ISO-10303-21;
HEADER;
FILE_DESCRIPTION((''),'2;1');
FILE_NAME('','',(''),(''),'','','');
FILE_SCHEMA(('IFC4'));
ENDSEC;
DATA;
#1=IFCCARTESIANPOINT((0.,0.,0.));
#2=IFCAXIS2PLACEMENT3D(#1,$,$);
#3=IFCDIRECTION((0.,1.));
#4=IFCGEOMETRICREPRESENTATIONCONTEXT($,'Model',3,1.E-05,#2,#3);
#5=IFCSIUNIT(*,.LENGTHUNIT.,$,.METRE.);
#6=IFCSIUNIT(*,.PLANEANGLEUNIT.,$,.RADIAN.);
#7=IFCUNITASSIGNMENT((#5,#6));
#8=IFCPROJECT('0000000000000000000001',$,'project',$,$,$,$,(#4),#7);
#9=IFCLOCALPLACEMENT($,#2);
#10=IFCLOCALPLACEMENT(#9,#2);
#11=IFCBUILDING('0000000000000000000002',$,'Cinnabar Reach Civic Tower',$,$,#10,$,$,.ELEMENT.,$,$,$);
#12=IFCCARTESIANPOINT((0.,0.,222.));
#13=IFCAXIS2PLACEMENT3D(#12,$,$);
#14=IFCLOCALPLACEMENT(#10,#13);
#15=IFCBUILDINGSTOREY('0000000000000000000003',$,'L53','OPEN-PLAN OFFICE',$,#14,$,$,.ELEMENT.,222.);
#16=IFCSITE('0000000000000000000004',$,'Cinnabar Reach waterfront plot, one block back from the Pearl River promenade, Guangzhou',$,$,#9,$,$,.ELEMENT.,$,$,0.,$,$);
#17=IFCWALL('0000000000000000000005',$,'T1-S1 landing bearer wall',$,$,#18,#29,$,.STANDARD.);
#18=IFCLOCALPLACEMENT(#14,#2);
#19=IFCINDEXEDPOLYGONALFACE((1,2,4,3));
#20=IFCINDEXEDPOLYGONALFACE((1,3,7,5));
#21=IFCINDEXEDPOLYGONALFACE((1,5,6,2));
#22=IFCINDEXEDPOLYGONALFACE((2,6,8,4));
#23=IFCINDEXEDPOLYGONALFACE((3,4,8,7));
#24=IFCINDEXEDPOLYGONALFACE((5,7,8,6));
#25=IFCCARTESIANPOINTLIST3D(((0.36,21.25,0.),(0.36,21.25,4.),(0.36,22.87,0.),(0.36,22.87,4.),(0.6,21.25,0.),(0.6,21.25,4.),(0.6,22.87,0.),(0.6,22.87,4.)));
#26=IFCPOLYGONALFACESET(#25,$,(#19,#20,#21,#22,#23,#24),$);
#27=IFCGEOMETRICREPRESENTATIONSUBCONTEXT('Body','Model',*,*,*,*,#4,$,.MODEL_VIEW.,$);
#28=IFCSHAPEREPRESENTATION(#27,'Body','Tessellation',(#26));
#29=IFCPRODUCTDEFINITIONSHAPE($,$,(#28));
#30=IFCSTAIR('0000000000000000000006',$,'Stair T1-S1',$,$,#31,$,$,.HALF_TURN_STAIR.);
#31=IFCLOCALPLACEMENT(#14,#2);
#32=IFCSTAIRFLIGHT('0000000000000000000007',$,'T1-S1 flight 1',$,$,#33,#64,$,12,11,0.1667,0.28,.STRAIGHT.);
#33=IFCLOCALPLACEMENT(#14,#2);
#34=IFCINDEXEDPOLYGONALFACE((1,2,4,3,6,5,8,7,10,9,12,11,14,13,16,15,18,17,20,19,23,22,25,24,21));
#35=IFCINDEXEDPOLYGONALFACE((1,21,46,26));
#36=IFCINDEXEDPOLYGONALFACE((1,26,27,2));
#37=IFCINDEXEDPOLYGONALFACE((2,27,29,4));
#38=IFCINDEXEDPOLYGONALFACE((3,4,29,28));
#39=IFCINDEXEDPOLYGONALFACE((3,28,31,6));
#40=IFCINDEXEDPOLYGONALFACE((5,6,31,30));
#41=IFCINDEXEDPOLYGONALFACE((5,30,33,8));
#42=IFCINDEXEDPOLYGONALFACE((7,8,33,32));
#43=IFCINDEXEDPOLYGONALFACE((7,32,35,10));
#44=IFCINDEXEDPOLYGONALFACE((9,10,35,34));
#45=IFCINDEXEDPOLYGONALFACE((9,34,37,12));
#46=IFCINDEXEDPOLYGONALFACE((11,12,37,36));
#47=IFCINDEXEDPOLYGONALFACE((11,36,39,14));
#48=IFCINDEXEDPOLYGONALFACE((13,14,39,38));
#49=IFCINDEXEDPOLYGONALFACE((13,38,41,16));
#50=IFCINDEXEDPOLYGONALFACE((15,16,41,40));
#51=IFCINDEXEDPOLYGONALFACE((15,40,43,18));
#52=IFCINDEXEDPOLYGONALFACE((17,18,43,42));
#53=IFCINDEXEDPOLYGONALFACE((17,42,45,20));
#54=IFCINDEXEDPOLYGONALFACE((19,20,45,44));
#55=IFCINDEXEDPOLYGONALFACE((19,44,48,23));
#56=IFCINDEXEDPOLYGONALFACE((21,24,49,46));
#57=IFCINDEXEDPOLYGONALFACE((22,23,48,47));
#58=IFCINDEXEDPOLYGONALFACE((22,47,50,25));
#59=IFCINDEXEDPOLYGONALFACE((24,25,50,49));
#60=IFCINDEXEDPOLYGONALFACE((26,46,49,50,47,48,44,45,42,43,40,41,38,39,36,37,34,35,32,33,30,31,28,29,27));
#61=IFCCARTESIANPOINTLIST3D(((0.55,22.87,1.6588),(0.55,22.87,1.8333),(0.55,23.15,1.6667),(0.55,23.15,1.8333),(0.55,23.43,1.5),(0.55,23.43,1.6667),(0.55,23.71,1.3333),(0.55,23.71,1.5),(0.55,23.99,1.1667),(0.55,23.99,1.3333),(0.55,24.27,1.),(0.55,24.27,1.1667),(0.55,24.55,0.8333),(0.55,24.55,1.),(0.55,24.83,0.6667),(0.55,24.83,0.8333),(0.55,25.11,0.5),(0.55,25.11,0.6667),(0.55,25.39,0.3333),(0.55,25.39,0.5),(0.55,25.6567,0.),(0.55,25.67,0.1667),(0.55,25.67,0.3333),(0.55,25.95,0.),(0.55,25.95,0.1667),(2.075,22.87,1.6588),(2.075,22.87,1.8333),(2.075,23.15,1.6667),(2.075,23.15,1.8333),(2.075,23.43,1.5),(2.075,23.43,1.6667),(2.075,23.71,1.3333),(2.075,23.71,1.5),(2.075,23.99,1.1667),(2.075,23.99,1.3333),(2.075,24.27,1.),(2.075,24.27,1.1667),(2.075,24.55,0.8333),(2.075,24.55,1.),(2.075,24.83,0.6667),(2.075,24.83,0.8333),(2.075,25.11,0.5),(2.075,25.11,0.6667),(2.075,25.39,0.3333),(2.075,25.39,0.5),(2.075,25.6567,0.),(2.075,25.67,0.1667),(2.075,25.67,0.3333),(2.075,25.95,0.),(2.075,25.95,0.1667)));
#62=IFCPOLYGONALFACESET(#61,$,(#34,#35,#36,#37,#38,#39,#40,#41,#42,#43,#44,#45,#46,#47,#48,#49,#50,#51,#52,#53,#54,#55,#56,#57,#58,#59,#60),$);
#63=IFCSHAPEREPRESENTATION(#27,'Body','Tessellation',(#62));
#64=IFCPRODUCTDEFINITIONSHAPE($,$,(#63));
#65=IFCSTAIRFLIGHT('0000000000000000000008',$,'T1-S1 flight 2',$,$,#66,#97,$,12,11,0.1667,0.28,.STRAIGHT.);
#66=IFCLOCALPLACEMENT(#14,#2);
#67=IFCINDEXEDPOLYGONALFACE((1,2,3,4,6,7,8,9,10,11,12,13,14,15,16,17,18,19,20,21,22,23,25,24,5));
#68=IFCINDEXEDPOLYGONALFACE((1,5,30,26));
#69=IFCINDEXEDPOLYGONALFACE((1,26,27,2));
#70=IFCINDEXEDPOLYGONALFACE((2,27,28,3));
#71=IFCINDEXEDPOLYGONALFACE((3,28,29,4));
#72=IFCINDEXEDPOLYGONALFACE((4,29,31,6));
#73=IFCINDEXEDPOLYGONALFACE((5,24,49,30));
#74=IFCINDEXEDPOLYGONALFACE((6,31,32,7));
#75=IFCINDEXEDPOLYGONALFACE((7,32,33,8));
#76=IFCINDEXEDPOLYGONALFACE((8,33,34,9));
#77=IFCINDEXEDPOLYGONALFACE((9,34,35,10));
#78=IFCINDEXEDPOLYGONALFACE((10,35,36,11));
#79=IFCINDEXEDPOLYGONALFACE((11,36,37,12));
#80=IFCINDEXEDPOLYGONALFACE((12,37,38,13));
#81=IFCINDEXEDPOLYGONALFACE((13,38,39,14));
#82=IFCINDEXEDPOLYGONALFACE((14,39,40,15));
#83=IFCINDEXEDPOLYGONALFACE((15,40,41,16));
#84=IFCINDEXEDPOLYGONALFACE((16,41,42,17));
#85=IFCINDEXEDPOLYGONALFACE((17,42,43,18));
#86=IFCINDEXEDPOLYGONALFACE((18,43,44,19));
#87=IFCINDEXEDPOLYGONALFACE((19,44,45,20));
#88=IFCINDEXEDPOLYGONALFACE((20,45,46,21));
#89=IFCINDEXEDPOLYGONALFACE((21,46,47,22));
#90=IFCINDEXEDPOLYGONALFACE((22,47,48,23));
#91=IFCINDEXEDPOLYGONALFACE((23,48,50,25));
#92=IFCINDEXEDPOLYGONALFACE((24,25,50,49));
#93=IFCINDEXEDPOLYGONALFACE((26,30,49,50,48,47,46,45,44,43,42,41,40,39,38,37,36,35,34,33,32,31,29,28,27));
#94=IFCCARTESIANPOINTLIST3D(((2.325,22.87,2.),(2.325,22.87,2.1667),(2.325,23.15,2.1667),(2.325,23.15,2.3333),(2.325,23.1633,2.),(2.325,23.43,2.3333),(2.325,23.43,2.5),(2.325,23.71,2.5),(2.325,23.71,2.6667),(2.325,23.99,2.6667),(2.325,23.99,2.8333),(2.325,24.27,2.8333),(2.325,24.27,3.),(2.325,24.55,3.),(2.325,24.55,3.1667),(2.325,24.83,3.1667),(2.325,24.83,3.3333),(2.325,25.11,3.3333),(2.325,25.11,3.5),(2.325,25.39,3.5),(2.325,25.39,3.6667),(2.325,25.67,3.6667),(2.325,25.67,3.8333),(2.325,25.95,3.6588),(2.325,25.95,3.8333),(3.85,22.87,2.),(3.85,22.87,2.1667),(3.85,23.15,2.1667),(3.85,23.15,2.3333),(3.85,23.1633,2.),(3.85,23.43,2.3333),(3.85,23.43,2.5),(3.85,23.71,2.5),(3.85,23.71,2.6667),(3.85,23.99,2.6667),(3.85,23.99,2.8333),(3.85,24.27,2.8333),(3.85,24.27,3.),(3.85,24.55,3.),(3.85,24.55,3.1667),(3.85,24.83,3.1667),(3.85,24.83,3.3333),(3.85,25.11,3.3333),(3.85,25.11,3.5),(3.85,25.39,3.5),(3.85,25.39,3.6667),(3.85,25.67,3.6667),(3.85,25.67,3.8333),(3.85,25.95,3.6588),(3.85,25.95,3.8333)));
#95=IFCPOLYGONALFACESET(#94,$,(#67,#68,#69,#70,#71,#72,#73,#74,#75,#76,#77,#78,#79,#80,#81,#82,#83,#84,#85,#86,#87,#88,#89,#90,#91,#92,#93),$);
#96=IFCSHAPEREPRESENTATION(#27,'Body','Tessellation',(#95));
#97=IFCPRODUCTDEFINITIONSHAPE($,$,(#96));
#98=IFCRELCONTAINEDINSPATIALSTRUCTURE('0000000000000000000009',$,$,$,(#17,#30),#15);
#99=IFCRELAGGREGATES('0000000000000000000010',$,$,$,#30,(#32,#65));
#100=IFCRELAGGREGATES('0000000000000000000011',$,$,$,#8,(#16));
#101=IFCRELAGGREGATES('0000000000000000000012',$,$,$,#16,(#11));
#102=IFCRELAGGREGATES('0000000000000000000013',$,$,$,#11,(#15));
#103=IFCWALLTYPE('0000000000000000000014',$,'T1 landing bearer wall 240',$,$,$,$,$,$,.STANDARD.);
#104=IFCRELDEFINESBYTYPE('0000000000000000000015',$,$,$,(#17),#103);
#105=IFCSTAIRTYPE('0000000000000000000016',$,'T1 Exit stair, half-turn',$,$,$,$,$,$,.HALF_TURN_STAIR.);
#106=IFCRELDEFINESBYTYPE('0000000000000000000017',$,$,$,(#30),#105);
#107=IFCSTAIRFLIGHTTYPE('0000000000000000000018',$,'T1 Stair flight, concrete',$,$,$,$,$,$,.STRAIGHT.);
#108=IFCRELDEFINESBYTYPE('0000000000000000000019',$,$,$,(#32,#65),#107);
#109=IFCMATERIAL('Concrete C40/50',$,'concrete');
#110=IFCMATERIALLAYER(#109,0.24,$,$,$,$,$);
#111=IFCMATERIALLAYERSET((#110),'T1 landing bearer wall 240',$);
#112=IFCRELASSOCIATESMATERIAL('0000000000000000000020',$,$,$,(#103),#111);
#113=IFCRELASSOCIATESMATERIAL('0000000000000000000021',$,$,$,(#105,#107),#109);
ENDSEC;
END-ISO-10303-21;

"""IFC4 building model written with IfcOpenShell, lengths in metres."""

from ifc_helpers import new_model, si_unit, direction, frame, frame_2d, origin, place, context, subcontext, project, spatial, polyline, rectangle, outline, extrude, material, layer, layer_set, type_object, element, aggregate, save


model = new_model("IFC4")

# Units and contexts
model_context = context("Model", 3, precision=1e-05, world=origin(), true_north=direction((0.0, 1.0)))
body_context = subcontext(model_context, "Body", "Model", "MODEL_VIEW")
ifc_project = project(units=[si_unit("LENGTHUNIT", "METRE"), si_unit("PLANEANGLEUNIT", "RADIAN")], contexts=[model_context])

# Site, building, storey
site_placement = place(None, origin())
site = spatial("IfcSite", under=ifc_project, at=site_placement, Name="Cinnabar Reach waterfront plot, one block back from the Pearl River promenade, Guangzhou", CompositionType="ELEMENT", RefElevation=0.0)
building_placement = place(site_placement, origin())
building = spatial("IfcBuilding", under=site, at=building_placement, Name="Cinnabar Reach Civic Tower", CompositionType="ELEMENT")
storey_placement = place(building_placement, frame((0.0, 0.0, 222.0)))
storey = spatial("IfcBuildingStorey", under=building, at=storey_placement, Name="L53", Description="OPEN-PLAN OFFICE", CompositionType="ELEMENT", Elevation=222.0)

# Wall
ifc_material_1 = material(Name="Concrete C40/50", Category="concrete")
ifc_layer_1 = layer(ifc_material_1, 0.24)
ifc_layer_set_1 = layer_set([ifc_layer_1], Name="T1 landing bearer wall 240")
wall_type_1 = type_object("IfcWallType", Name="T1 landing bearer wall 240", PredefinedType="STANDARD", material=ifc_layer_set_1)
wall_1_placement = place(storey_placement, frame((0.48, 21.25, 0.0), z_axis=(0.0, 0.0, 1.0), x_axis=(0.0, 1.0, 0.0)))
element("IfcWall", 1, at=wall_1_placement, inside=storey, type_object=wall_type_1, Name="T1-S1 landing bearer wall", PredefinedType="STANDARD", context=body_context, shape_type="SweptSolid", body=[
    extrude(rectangle(XDim=1.62, YDim=0.24, at=frame_2d((0.81, 0.0))), origin(), (0.0, 0.0, 1.0), 4.0),
])

# Stair, stair flights
stair_type = type_object("IfcStairType", Name="T1 Exit stair, half-turn", PredefinedType="HALF_TURN_STAIR", material=ifc_material_1)
stair_placement = place(storey_placement, origin())
stair = element("IfcStair", 2, at=stair_placement, inside=storey, type_object=stair_type, Name="Stair T1-S1", PredefinedType="HALF_TURN_STAIR")
stair_flight_type = type_object("IfcStairFlightType", Name="T1 Stair flight, concrete", PredefinedType="STRAIGHT", material=ifc_material_1)
stair_flight_1_placement = place(storey_placement, frame((1.3125, 25.95, 0.0), z_axis=(0.0, 0.0, 1.0), x_axis=(0.0, -1.0, 0.0)))
stair_flight_1 = element("IfcStairFlight", 3, at=stair_flight_1_placement, type_object=stair_flight_type, Name="T1-S1 flight 1", NumberOfRisers=12, NumberOfTreads=11, PredefinedType="STRAIGHT", RiserHeight=0.1667, TreadLength=0.28, context=body_context, shape_type="SweptSolid", body=[
    extrude(outline(polyline([(0.0, 0.0), (0.0, 0.1667), (0.28, 0.1667), (0.28, 0.3333), (0.56, 0.3333), (0.56, 0.5), (0.84, 0.5), (0.84, 0.6667), (1.12, 0.6667), (1.12, 0.8333), (1.4, 0.8333), (1.4, 1.0), (1.68, 1.0), (1.68, 1.1667), (1.96, 1.1667), (1.96, 1.3333), (2.24, 1.3333), (2.24, 1.5), (2.52, 1.5), (2.52, 1.6667), (2.8, 1.6667), (2.8, 1.8333), (3.08, 1.8333), (3.08, 2.0), (3.08, 1.6588), (0.2933, 0.0), (0.0, 0.0)])), frame((0.0, 0.7625, 0.0), z_axis=(0.0, -1.0, 0.0), x_axis=(1.0, 0.0, 0.0)), (0.0, 0.0, 1.0), 1.525),
])
stair_flight_2_placement = place(storey_placement, frame((3.0875, 22.87, 2.0), z_axis=(0.0, 0.0, 1.0), x_axis=(0.0, 1.0, 0.0)))
stair_flight_2 = element("IfcStairFlight", 4, at=stair_flight_2_placement, type_object=stair_flight_type, Name="T1-S1 flight 2", NumberOfRisers=12, NumberOfTreads=11, PredefinedType="STRAIGHT", RiserHeight=0.1667, TreadLength=0.28, context=body_context, shape_type="SweptSolid", body=[
    extrude(outline(polyline([(0.0, 0.0), (0.0, 0.1667), (0.28, 0.1667), (0.28, 0.3333), (0.56, 0.3333), (0.56, 0.5), (0.84, 0.5), (0.84, 0.6667), (1.12, 0.6667), (1.12, 0.8333), (1.4, 0.8333), (1.4, 1.0), (1.68, 1.0), (1.68, 1.1667), (1.96, 1.1667), (1.96, 1.3333), (2.24, 1.3333), (2.24, 1.5), (2.52, 1.5), (2.52, 1.6667), (2.8, 1.6667), (2.8, 1.8333), (3.08, 1.8333), (3.08, 2.0), (3.08, 1.6588), (0.2933, 0.0), (0.0, 0.0)])), frame((0.0, 0.7625, 0.0), z_axis=(0.0, -1.0, 0.0), x_axis=(1.0, 0.0, 0.0)), (0.0, 0.0, 1.0), 1.525),
])
aggregate(stair, [stair_flight_1, stair_flight_2])

save(model, "model.ifc")
